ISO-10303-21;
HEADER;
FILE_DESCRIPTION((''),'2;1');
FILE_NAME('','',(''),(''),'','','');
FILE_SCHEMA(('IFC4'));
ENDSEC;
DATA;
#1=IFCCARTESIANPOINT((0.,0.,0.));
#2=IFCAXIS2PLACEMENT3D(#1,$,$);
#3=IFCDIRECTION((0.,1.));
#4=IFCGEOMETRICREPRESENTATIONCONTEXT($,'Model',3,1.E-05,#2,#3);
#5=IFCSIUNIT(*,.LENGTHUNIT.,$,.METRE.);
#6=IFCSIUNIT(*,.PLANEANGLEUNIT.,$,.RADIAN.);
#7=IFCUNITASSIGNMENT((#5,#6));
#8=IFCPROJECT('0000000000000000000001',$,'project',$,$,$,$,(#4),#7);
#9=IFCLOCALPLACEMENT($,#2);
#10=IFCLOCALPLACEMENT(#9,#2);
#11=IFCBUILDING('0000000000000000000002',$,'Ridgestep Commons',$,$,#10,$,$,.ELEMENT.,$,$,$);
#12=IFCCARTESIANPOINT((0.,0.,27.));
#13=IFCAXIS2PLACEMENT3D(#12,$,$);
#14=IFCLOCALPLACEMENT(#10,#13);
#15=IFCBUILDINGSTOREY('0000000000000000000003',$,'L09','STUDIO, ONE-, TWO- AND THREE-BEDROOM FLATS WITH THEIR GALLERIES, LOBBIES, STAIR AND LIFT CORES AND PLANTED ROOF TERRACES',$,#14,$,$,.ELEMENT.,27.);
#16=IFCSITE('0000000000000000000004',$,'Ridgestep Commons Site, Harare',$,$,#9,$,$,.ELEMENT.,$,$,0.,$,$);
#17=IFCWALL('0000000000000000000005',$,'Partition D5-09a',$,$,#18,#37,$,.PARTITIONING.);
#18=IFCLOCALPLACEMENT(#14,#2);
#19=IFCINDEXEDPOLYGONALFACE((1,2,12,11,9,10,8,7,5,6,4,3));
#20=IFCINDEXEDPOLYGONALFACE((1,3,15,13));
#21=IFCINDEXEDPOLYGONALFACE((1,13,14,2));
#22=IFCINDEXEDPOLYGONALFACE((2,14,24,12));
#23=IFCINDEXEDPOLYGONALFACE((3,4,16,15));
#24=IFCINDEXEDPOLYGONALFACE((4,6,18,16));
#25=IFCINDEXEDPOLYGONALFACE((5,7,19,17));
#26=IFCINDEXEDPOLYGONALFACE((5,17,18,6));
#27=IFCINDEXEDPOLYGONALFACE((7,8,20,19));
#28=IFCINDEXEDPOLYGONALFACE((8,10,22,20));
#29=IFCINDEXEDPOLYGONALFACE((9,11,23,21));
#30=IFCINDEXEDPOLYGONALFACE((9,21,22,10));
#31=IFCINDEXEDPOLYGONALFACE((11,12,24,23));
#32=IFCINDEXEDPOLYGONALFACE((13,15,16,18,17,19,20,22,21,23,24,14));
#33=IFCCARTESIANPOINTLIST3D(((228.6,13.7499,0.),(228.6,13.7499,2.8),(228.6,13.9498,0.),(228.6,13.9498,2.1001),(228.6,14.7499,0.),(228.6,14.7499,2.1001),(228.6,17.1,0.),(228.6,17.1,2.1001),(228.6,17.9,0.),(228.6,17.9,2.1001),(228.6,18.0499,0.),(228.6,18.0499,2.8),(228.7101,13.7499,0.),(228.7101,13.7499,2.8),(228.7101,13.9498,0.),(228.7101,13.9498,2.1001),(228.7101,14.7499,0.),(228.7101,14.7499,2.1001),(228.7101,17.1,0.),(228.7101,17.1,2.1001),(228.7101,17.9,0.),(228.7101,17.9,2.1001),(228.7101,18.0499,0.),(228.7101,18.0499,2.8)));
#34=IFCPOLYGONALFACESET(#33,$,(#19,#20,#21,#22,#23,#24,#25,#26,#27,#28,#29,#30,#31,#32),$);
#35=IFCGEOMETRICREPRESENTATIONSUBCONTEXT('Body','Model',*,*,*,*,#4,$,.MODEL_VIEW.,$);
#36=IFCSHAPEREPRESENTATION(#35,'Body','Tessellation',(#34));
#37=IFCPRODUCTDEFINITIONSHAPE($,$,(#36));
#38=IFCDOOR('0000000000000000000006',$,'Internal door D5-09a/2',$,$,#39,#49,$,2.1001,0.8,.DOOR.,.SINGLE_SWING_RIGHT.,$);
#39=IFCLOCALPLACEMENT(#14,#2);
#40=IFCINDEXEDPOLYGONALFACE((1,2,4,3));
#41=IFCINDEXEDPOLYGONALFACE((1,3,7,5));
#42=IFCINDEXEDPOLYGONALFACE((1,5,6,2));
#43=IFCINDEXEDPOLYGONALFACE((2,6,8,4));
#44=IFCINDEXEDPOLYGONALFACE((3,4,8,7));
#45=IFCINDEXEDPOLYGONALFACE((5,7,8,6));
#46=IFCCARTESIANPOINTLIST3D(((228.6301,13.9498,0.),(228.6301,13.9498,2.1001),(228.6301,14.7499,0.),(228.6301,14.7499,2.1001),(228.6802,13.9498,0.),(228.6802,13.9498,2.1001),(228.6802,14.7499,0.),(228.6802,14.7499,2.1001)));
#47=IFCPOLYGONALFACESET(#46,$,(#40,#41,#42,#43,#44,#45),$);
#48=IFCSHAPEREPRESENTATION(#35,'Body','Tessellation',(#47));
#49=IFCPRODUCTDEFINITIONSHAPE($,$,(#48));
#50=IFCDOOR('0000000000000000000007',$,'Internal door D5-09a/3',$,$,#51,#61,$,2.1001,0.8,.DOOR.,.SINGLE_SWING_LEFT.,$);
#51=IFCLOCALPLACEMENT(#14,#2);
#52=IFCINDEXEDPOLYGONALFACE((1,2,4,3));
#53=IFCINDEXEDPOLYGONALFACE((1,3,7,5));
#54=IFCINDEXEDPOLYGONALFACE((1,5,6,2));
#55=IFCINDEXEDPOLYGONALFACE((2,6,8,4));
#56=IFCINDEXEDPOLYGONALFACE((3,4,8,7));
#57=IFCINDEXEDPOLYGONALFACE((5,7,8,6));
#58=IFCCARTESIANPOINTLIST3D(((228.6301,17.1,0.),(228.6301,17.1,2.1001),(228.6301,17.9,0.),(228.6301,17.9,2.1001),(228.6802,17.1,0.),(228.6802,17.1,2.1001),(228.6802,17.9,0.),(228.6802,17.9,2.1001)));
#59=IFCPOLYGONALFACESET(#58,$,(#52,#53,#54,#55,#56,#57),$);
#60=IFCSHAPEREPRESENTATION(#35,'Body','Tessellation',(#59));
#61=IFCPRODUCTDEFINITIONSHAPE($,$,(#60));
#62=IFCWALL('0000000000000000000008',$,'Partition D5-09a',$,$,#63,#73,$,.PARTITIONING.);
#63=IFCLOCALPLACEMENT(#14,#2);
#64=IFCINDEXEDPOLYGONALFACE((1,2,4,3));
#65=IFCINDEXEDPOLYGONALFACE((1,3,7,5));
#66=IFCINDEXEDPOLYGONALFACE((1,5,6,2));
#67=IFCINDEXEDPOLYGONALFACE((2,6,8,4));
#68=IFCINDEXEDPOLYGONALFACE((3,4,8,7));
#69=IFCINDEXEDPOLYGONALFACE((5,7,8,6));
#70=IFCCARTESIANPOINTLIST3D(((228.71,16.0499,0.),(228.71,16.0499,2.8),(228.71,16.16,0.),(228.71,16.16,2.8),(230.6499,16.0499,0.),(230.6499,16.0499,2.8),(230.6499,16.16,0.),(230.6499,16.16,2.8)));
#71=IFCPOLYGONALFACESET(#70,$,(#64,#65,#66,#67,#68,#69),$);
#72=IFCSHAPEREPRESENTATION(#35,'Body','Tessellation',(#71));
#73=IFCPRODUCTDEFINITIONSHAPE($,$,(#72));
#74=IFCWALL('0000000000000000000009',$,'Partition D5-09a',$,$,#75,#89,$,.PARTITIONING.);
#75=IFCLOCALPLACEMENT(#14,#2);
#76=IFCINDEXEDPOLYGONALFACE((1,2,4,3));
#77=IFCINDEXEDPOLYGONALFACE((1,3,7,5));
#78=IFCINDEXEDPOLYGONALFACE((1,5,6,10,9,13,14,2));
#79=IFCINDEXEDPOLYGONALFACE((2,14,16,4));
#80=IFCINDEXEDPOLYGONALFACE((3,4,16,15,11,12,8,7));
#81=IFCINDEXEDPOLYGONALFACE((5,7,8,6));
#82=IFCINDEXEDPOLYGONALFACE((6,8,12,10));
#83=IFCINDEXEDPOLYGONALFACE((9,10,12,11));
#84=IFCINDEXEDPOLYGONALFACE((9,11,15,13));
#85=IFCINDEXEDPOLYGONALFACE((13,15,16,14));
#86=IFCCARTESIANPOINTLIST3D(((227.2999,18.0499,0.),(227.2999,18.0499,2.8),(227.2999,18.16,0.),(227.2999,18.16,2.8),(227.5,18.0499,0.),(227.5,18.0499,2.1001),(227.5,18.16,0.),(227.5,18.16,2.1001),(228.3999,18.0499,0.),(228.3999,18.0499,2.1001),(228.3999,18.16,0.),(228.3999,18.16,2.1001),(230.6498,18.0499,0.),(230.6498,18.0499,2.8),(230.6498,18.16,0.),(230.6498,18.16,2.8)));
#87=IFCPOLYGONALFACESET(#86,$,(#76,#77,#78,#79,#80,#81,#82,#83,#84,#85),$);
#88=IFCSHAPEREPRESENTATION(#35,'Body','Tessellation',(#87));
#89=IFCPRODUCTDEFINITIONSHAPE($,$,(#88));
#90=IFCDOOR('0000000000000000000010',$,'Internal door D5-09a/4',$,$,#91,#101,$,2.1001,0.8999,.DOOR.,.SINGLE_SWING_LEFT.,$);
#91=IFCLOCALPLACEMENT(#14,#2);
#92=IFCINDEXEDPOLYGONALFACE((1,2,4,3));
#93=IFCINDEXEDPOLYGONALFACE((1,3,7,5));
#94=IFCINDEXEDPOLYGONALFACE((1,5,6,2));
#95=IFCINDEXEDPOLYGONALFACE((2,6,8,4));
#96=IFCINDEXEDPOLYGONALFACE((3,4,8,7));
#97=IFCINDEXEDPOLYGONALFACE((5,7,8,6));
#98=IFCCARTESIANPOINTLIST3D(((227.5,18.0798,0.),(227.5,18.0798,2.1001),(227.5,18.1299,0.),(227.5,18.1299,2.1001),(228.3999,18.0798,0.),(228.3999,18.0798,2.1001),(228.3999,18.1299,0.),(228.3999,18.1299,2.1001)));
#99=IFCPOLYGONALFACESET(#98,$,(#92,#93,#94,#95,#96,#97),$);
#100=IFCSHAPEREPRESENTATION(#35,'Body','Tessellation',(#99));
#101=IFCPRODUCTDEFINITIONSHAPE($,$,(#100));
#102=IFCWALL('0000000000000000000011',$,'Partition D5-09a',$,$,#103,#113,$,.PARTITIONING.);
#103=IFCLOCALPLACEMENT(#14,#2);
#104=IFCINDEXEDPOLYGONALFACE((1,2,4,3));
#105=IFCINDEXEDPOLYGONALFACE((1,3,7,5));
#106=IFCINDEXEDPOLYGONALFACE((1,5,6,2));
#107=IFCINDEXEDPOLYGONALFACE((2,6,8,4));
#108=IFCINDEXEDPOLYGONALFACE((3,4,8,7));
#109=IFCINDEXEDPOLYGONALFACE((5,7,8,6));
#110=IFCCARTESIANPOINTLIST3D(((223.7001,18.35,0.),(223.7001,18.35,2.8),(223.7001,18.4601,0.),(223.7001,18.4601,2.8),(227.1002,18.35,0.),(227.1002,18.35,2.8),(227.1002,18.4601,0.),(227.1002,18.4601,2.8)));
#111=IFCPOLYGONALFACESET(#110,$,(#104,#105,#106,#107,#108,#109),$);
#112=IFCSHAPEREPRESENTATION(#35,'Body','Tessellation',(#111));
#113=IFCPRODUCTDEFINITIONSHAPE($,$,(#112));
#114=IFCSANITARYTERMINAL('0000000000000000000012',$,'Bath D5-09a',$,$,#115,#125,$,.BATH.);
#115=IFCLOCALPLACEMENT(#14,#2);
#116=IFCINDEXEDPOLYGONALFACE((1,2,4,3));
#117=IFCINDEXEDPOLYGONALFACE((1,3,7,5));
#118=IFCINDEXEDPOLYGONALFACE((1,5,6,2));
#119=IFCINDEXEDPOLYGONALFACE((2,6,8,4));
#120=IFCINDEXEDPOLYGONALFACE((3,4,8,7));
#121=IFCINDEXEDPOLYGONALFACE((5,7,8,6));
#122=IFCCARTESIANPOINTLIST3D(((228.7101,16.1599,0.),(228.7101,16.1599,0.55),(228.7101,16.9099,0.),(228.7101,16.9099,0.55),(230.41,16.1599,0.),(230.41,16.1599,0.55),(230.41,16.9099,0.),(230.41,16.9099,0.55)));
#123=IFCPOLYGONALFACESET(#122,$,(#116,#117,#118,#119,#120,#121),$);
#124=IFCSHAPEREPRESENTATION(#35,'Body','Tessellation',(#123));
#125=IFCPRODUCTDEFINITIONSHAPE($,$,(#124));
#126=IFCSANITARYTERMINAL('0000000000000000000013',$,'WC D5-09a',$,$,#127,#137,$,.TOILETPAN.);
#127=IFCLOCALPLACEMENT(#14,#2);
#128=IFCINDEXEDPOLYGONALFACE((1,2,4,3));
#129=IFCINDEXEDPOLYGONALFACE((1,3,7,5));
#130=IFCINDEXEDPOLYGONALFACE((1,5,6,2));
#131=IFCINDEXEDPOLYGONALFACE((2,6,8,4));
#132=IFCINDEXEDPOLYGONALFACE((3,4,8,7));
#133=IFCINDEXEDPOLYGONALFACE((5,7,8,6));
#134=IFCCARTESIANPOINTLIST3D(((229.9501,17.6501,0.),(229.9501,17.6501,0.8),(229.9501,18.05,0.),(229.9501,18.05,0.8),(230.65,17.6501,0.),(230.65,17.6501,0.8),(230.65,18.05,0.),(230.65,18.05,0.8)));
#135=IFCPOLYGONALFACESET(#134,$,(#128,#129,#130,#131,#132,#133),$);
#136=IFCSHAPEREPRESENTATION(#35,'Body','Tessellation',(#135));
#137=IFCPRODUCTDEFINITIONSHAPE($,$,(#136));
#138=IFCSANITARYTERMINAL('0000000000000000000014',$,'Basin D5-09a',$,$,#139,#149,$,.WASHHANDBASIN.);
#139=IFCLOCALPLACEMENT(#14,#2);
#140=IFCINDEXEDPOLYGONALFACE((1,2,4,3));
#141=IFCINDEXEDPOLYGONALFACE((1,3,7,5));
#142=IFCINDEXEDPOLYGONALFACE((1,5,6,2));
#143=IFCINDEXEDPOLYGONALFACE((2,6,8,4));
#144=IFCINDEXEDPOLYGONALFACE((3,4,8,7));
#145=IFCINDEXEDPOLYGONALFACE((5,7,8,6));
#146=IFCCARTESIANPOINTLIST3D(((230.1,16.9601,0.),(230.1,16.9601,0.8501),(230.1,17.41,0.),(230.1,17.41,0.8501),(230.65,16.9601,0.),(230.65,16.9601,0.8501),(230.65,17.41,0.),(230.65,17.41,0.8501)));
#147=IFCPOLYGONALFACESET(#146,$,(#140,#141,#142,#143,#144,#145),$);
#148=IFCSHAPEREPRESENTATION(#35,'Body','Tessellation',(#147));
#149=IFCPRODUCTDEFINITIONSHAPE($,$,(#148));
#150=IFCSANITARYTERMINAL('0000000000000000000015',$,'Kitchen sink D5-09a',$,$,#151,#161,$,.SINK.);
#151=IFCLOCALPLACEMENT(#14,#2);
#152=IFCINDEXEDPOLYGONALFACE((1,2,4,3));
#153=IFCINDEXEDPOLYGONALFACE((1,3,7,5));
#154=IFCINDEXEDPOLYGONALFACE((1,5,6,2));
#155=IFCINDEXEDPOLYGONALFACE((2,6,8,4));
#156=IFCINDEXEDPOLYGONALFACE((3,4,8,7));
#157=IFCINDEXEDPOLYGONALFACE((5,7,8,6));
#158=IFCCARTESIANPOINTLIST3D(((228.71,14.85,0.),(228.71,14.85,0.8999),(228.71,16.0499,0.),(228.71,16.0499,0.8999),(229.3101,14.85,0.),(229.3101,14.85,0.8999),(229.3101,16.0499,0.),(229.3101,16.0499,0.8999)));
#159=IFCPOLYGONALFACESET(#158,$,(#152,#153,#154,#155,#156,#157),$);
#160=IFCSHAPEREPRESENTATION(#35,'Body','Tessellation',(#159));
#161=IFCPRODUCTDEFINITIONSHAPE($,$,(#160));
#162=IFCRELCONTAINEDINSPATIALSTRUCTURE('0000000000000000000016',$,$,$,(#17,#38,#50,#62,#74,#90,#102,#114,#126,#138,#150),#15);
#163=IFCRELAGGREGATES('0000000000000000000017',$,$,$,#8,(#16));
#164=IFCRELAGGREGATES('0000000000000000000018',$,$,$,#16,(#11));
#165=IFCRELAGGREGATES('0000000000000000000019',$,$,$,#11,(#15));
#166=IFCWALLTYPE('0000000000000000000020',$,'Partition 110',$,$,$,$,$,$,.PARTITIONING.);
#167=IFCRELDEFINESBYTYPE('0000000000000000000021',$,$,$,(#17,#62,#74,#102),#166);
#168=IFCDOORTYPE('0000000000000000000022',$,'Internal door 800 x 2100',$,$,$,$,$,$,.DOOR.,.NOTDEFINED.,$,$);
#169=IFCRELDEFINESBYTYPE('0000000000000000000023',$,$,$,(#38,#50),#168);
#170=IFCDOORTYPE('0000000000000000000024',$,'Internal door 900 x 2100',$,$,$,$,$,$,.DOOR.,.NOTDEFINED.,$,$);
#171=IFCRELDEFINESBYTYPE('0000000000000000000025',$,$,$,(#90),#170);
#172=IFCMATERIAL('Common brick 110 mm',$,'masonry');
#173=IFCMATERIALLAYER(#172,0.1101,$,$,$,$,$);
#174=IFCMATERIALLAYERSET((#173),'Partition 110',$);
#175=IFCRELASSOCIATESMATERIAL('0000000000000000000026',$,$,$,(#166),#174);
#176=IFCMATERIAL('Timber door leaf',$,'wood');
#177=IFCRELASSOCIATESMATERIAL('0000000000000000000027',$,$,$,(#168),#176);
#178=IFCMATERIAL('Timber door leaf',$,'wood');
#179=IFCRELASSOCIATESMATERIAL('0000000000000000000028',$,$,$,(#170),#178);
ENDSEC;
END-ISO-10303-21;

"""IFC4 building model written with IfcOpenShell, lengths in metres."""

from ifc_helpers import new_model, si_unit, direction, frame, frame_2d, origin, origin_2d, place, context, subcontext, project, spatial, rectangle, extrude, material, layer, layer_set, type_object, element, fill, save


model = new_model("IFC4")

# Units and contexts
model_context = context("Model", 3, precision=1e-05, world=origin(), true_north=direction((0.0, 1.0)))
body_context = subcontext(model_context, "Body", "Model", "MODEL_VIEW")
ifc_project = project(units=[si_unit("LENGTHUNIT", "METRE"), si_unit("PLANEANGLEUNIT", "RADIAN")], contexts=[model_context])

# Site, building, storey
site_placement = place(None, origin())
site = spatial("IfcSite", under=ifc_project, at=site_placement, Name="Ridgestep Commons Site, Harare", CompositionType="ELEMENT", RefElevation=0.0)
building_placement = place(site_placement, origin())
building = spatial("IfcBuilding", under=site, at=building_placement, Name="Ridgestep Commons", CompositionType="ELEMENT")
storey_placement = place(building_placement, frame((0.0, 0.0, 27.0)))
storey = spatial("IfcBuildingStorey", under=building, at=storey_placement, Name="L09", Description="STUDIO, ONE-, TWO- AND THREE-BEDROOM FLATS WITH THEIR GALLERIES, LOBBIES, STAIR AND LIFT CORES AND PLANTED ROOF TERRACES", CompositionType="ELEMENT", Elevation=27.0)

# Wall, openings, doors
ifc_material_1 = material(Name="Common brick 110 mm", Category="masonry")
ifc_layer_1 = layer(ifc_material_1, 0.1101)
ifc_layer_set_1 = layer_set([ifc_layer_1], Name="Partition 110")
wall_type_1 = type_object("IfcWallType", Name="Partition 110", PredefinedType="PARTITIONING", material=ifc_layer_set_1)
wall_1_placement = place(storey_placement, frame((228.655, 13.75, 0.0), z_axis=(0.0, 0.0, 1.0), x_axis=(0.0, 1.0, 0.0)))
wall_1 = element("IfcWall", 1, at=wall_1_placement, inside=storey, type_object=wall_type_1, Name="Partition D5-09a", PredefinedType="PARTITIONING", context=body_context, shape_type="SweptSolid", body=[
    extrude(rectangle(XDim=4.3, YDim=0.1101, at=frame_2d((2.1499, 0.0))), origin(), (0.0, 0.0, 1.0), 2.8),
])
opening_1_placement = place(wall_1_placement, frame((0.2, 0.0, 0.0)))
opening_1 = element("IfcOpeningElement", 2, at=opening_1_placement, cuts=wall_1, PredefinedType="OPENING", context=body_context, shape_type="SweptSolid", body=[
    extrude(rectangle(XDim=0.8, YDim=2.1001, at=frame_2d((0.3999, 1.05))), frame((0.0, 0.0649, 0.0), z_axis=(0.0, -1.0, 0.0), x_axis=(1.0, 0.0, 0.0)), (0.0, 0.0, 1.0), 0.1301),
])
opening_2_placement = place(wall_1_placement, frame((3.3501, 0.0, 0.0)))
opening_2 = element("IfcOpeningElement", 3, at=opening_2_placement, cuts=wall_1, PredefinedType="OPENING", context=body_context, shape_type="SweptSolid", body=[
    extrude(rectangle(XDim=0.8, YDim=2.1001, at=frame_2d((0.3999, 1.05))), frame((0.0, 0.0649, 0.0), z_axis=(0.0, -1.0, 0.0), x_axis=(1.0, 0.0, 0.0)), (0.0, 0.0, 1.0), 0.1301),
])
ifc_material_2 = material(Name="Timber door leaf", Category="wood")
door_type_1 = type_object("IfcDoorType", Name="Internal door 800 x 2100", OperationType="NOTDEFINED", PredefinedType="DOOR", material=ifc_material_2)
door_1_placement = place(opening_1_placement, origin())
door_1 = element("IfcDoor", 4, at=door_1_placement, inside=storey, type_object=door_type_1, Name="Internal door D5-09a/2", OperationType="SINGLE_SWING_RIGHT", OverallHeight=2.1001, OverallWidth=0.8, PredefinedType="DOOR", context=body_context, shape_type="SweptSolid", body=[
    extrude(rectangle(XDim=0.8, YDim=2.1001, at=frame_2d((0.3999, 1.05))), frame((0.0, 0.0249, 0.0), z_axis=(0.0, -1.0, 0.0), x_axis=(1.0, 0.0, 0.0)), (0.0, 0.0, 1.0), 0.05),
])
fill(opening_1, door_1)
door_2_placement = place(opening_2_placement, origin())
door_2 = element("IfcDoor", 5, at=door_2_placement, inside=storey, type_object=door_type_1, Name="Internal door D5-09a/3", OperationType="SINGLE_SWING_LEFT", OverallHeight=2.1001, OverallWidth=0.8, PredefinedType="DOOR", context=body_context, shape_type="SweptSolid", body=[
    extrude(rectangle(XDim=0.8, YDim=2.1001, at=frame_2d((0.3999, 1.05))), frame((0.0, 0.0249, 0.0), z_axis=(0.0, -1.0, 0.0), x_axis=(1.0, 0.0, 0.0)), (0.0, 0.0, 1.0), 0.05),
])
fill(opening_2, door_2)

# Wall
wall_2_placement = place(storey_placement, frame((228.71, 16.105, 0.0), z_axis=(0.0, 0.0, 1.0), x_axis=(1.0, 0.0, 0.0)))
element("IfcWall", 6, at=wall_2_placement, inside=storey, type_object=wall_type_1, Name="Partition D5-09a", PredefinedType="PARTITIONING", context=body_context, shape_type="SweptSolid", body=[
    extrude(rectangle(XDim=1.9399, YDim=0.1101, at=frame_2d((0.97, 0.0))), origin(), (0.0, 0.0, 1.0), 2.8),
])

# Wall, opening, door
wall_3_placement = place(storey_placement, frame((227.3, 18.105, 0.0), z_axis=(0.0, 0.0, 1.0), x_axis=(1.0, 0.0, 0.0)))
wall_3 = element("IfcWall", 7, at=wall_3_placement, inside=storey, type_object=wall_type_1, Name="Partition D5-09a", PredefinedType="PARTITIONING", context=body_context, shape_type="SweptSolid", body=[
    extrude(rectangle(XDim=3.3499, YDim=0.1101, at=frame_2d((1.6748, 0.0))), origin(), (0.0, 0.0, 1.0), 2.8),
])
opening_3_placement = place(wall_3_placement, frame((0.2, 0.0, 0.0)))
opening_3 = element("IfcOpeningElement", 8, at=opening_3_placement, cuts=wall_3, PredefinedType="OPENING", context=body_context, shape_type="SweptSolid", body=[
    extrude(rectangle(XDim=0.8999, YDim=2.1001, at=frame_2d((0.45, 1.05))), frame((0.0, 0.0649, 0.0), z_axis=(0.0, -1.0, 0.0), x_axis=(1.0, 0.0, 0.0)), (0.0, 0.0, 1.0), 0.1301),
])
ifc_material_3 = material(Name="Timber door leaf", Category="wood")
door_type_2 = type_object("IfcDoorType", Name="Internal door 900 x 2100", OperationType="NOTDEFINED", PredefinedType="DOOR", material=ifc_material_3)
door_3_placement = place(opening_3_placement, origin())
door_3 = element("IfcDoor", 9, at=door_3_placement, inside=storey, type_object=door_type_2, Name="Internal door D5-09a/4", OperationType="SINGLE_SWING_LEFT", OverallHeight=2.1001, OverallWidth=0.8999, PredefinedType="DOOR", context=body_context, shape_type="SweptSolid", body=[
    extrude(rectangle(XDim=0.8999, YDim=2.1001, at=frame_2d((0.45, 1.05))), frame((0.0, 0.0249, 0.0), z_axis=(0.0, -1.0, 0.0), x_axis=(1.0, 0.0, 0.0)), (0.0, 0.0, 1.0), 0.05),
])
fill(opening_3, door_3)

# Wall
wall_4_placement = place(storey_placement, frame((223.7, 18.405, 0.0), z_axis=(0.0, 0.0, 1.0), x_axis=(1.0, 0.0, 0.0)))
element("IfcWall", 10, at=wall_4_placement, inside=storey, type_object=wall_type_1, Name="Partition D5-09a", PredefinedType="PARTITIONING", context=body_context, shape_type="SweptSolid", body=[
    extrude(rectangle(XDim=3.4001, YDim=0.1101, at=frame_2d((1.7002, 0.0))), origin(), (0.0, 0.0, 1.0), 2.8),
])

# Sanitary terminals
sanitary_terminal_1_placement = place(storey_placement, frame((229.5601, 16.5349, 0.0), z_axis=(0.0, 0.0, 1.0), x_axis=(1.0, 0.0, 0.0)))
element("IfcSanitaryTerminal", 11, at=sanitary_terminal_1_placement, inside=storey, Name="Bath D5-09a", PredefinedType="BATH", context=body_context, shape_type="SweptSolid", body=[
    extrude(rectangle(XDim=1.7, YDim=0.75, at=origin_2d()), origin(), (0.0, 0.0, 1.0), 0.55),
])
sanitary_terminal_2_placement = place(storey_placement, frame((230.3, 17.8501, 0.0), z_axis=(0.0, 0.0, 1.0), x_axis=(1.0, 0.0, 0.0)))
element("IfcSanitaryTerminal", 12, at=sanitary_terminal_2_placement, inside=storey, Name="WC D5-09a", PredefinedType="TOILETPAN", context=body_context, shape_type="SweptSolid", body=[
    extrude(rectangle(XDim=0.7, YDim=0.3999, at=origin_2d()), origin(), (0.0, 0.0, 1.0), 0.8),
])
sanitary_terminal_3_placement = place(storey_placement, frame((230.375, 17.1851, 0.0), z_axis=(0.0, 0.0, 1.0), x_axis=(1.0, 0.0, 0.0)))
element("IfcSanitaryTerminal", 13, at=sanitary_terminal_3_placement, inside=storey, Name="Basin D5-09a", PredefinedType="WASHHANDBASIN", context=body_context, shape_type="SweptSolid", body=[
    extrude(rectangle(XDim=0.55, YDim=0.45, at=origin_2d()), origin(), (0.0, 0.0, 1.0), 0.8501),
])
sanitary_terminal_4_placement = place(storey_placement, frame((229.01, 15.45, 0.0), z_axis=(0.0, 0.0, 1.0), x_axis=(1.0, 0.0, 0.0)))
element("IfcSanitaryTerminal", 14, at=sanitary_terminal_4_placement, inside=storey, Name="Kitchen sink D5-09a", PredefinedType="SINK", context=body_context, shape_type="SweptSolid", body=[
    extrude(rectangle(XDim=0.6001, YDim=1.2, at=origin_2d()), origin(), (0.0, 0.0, 1.0), 0.8999),
])

save(model, "model.ifc")
